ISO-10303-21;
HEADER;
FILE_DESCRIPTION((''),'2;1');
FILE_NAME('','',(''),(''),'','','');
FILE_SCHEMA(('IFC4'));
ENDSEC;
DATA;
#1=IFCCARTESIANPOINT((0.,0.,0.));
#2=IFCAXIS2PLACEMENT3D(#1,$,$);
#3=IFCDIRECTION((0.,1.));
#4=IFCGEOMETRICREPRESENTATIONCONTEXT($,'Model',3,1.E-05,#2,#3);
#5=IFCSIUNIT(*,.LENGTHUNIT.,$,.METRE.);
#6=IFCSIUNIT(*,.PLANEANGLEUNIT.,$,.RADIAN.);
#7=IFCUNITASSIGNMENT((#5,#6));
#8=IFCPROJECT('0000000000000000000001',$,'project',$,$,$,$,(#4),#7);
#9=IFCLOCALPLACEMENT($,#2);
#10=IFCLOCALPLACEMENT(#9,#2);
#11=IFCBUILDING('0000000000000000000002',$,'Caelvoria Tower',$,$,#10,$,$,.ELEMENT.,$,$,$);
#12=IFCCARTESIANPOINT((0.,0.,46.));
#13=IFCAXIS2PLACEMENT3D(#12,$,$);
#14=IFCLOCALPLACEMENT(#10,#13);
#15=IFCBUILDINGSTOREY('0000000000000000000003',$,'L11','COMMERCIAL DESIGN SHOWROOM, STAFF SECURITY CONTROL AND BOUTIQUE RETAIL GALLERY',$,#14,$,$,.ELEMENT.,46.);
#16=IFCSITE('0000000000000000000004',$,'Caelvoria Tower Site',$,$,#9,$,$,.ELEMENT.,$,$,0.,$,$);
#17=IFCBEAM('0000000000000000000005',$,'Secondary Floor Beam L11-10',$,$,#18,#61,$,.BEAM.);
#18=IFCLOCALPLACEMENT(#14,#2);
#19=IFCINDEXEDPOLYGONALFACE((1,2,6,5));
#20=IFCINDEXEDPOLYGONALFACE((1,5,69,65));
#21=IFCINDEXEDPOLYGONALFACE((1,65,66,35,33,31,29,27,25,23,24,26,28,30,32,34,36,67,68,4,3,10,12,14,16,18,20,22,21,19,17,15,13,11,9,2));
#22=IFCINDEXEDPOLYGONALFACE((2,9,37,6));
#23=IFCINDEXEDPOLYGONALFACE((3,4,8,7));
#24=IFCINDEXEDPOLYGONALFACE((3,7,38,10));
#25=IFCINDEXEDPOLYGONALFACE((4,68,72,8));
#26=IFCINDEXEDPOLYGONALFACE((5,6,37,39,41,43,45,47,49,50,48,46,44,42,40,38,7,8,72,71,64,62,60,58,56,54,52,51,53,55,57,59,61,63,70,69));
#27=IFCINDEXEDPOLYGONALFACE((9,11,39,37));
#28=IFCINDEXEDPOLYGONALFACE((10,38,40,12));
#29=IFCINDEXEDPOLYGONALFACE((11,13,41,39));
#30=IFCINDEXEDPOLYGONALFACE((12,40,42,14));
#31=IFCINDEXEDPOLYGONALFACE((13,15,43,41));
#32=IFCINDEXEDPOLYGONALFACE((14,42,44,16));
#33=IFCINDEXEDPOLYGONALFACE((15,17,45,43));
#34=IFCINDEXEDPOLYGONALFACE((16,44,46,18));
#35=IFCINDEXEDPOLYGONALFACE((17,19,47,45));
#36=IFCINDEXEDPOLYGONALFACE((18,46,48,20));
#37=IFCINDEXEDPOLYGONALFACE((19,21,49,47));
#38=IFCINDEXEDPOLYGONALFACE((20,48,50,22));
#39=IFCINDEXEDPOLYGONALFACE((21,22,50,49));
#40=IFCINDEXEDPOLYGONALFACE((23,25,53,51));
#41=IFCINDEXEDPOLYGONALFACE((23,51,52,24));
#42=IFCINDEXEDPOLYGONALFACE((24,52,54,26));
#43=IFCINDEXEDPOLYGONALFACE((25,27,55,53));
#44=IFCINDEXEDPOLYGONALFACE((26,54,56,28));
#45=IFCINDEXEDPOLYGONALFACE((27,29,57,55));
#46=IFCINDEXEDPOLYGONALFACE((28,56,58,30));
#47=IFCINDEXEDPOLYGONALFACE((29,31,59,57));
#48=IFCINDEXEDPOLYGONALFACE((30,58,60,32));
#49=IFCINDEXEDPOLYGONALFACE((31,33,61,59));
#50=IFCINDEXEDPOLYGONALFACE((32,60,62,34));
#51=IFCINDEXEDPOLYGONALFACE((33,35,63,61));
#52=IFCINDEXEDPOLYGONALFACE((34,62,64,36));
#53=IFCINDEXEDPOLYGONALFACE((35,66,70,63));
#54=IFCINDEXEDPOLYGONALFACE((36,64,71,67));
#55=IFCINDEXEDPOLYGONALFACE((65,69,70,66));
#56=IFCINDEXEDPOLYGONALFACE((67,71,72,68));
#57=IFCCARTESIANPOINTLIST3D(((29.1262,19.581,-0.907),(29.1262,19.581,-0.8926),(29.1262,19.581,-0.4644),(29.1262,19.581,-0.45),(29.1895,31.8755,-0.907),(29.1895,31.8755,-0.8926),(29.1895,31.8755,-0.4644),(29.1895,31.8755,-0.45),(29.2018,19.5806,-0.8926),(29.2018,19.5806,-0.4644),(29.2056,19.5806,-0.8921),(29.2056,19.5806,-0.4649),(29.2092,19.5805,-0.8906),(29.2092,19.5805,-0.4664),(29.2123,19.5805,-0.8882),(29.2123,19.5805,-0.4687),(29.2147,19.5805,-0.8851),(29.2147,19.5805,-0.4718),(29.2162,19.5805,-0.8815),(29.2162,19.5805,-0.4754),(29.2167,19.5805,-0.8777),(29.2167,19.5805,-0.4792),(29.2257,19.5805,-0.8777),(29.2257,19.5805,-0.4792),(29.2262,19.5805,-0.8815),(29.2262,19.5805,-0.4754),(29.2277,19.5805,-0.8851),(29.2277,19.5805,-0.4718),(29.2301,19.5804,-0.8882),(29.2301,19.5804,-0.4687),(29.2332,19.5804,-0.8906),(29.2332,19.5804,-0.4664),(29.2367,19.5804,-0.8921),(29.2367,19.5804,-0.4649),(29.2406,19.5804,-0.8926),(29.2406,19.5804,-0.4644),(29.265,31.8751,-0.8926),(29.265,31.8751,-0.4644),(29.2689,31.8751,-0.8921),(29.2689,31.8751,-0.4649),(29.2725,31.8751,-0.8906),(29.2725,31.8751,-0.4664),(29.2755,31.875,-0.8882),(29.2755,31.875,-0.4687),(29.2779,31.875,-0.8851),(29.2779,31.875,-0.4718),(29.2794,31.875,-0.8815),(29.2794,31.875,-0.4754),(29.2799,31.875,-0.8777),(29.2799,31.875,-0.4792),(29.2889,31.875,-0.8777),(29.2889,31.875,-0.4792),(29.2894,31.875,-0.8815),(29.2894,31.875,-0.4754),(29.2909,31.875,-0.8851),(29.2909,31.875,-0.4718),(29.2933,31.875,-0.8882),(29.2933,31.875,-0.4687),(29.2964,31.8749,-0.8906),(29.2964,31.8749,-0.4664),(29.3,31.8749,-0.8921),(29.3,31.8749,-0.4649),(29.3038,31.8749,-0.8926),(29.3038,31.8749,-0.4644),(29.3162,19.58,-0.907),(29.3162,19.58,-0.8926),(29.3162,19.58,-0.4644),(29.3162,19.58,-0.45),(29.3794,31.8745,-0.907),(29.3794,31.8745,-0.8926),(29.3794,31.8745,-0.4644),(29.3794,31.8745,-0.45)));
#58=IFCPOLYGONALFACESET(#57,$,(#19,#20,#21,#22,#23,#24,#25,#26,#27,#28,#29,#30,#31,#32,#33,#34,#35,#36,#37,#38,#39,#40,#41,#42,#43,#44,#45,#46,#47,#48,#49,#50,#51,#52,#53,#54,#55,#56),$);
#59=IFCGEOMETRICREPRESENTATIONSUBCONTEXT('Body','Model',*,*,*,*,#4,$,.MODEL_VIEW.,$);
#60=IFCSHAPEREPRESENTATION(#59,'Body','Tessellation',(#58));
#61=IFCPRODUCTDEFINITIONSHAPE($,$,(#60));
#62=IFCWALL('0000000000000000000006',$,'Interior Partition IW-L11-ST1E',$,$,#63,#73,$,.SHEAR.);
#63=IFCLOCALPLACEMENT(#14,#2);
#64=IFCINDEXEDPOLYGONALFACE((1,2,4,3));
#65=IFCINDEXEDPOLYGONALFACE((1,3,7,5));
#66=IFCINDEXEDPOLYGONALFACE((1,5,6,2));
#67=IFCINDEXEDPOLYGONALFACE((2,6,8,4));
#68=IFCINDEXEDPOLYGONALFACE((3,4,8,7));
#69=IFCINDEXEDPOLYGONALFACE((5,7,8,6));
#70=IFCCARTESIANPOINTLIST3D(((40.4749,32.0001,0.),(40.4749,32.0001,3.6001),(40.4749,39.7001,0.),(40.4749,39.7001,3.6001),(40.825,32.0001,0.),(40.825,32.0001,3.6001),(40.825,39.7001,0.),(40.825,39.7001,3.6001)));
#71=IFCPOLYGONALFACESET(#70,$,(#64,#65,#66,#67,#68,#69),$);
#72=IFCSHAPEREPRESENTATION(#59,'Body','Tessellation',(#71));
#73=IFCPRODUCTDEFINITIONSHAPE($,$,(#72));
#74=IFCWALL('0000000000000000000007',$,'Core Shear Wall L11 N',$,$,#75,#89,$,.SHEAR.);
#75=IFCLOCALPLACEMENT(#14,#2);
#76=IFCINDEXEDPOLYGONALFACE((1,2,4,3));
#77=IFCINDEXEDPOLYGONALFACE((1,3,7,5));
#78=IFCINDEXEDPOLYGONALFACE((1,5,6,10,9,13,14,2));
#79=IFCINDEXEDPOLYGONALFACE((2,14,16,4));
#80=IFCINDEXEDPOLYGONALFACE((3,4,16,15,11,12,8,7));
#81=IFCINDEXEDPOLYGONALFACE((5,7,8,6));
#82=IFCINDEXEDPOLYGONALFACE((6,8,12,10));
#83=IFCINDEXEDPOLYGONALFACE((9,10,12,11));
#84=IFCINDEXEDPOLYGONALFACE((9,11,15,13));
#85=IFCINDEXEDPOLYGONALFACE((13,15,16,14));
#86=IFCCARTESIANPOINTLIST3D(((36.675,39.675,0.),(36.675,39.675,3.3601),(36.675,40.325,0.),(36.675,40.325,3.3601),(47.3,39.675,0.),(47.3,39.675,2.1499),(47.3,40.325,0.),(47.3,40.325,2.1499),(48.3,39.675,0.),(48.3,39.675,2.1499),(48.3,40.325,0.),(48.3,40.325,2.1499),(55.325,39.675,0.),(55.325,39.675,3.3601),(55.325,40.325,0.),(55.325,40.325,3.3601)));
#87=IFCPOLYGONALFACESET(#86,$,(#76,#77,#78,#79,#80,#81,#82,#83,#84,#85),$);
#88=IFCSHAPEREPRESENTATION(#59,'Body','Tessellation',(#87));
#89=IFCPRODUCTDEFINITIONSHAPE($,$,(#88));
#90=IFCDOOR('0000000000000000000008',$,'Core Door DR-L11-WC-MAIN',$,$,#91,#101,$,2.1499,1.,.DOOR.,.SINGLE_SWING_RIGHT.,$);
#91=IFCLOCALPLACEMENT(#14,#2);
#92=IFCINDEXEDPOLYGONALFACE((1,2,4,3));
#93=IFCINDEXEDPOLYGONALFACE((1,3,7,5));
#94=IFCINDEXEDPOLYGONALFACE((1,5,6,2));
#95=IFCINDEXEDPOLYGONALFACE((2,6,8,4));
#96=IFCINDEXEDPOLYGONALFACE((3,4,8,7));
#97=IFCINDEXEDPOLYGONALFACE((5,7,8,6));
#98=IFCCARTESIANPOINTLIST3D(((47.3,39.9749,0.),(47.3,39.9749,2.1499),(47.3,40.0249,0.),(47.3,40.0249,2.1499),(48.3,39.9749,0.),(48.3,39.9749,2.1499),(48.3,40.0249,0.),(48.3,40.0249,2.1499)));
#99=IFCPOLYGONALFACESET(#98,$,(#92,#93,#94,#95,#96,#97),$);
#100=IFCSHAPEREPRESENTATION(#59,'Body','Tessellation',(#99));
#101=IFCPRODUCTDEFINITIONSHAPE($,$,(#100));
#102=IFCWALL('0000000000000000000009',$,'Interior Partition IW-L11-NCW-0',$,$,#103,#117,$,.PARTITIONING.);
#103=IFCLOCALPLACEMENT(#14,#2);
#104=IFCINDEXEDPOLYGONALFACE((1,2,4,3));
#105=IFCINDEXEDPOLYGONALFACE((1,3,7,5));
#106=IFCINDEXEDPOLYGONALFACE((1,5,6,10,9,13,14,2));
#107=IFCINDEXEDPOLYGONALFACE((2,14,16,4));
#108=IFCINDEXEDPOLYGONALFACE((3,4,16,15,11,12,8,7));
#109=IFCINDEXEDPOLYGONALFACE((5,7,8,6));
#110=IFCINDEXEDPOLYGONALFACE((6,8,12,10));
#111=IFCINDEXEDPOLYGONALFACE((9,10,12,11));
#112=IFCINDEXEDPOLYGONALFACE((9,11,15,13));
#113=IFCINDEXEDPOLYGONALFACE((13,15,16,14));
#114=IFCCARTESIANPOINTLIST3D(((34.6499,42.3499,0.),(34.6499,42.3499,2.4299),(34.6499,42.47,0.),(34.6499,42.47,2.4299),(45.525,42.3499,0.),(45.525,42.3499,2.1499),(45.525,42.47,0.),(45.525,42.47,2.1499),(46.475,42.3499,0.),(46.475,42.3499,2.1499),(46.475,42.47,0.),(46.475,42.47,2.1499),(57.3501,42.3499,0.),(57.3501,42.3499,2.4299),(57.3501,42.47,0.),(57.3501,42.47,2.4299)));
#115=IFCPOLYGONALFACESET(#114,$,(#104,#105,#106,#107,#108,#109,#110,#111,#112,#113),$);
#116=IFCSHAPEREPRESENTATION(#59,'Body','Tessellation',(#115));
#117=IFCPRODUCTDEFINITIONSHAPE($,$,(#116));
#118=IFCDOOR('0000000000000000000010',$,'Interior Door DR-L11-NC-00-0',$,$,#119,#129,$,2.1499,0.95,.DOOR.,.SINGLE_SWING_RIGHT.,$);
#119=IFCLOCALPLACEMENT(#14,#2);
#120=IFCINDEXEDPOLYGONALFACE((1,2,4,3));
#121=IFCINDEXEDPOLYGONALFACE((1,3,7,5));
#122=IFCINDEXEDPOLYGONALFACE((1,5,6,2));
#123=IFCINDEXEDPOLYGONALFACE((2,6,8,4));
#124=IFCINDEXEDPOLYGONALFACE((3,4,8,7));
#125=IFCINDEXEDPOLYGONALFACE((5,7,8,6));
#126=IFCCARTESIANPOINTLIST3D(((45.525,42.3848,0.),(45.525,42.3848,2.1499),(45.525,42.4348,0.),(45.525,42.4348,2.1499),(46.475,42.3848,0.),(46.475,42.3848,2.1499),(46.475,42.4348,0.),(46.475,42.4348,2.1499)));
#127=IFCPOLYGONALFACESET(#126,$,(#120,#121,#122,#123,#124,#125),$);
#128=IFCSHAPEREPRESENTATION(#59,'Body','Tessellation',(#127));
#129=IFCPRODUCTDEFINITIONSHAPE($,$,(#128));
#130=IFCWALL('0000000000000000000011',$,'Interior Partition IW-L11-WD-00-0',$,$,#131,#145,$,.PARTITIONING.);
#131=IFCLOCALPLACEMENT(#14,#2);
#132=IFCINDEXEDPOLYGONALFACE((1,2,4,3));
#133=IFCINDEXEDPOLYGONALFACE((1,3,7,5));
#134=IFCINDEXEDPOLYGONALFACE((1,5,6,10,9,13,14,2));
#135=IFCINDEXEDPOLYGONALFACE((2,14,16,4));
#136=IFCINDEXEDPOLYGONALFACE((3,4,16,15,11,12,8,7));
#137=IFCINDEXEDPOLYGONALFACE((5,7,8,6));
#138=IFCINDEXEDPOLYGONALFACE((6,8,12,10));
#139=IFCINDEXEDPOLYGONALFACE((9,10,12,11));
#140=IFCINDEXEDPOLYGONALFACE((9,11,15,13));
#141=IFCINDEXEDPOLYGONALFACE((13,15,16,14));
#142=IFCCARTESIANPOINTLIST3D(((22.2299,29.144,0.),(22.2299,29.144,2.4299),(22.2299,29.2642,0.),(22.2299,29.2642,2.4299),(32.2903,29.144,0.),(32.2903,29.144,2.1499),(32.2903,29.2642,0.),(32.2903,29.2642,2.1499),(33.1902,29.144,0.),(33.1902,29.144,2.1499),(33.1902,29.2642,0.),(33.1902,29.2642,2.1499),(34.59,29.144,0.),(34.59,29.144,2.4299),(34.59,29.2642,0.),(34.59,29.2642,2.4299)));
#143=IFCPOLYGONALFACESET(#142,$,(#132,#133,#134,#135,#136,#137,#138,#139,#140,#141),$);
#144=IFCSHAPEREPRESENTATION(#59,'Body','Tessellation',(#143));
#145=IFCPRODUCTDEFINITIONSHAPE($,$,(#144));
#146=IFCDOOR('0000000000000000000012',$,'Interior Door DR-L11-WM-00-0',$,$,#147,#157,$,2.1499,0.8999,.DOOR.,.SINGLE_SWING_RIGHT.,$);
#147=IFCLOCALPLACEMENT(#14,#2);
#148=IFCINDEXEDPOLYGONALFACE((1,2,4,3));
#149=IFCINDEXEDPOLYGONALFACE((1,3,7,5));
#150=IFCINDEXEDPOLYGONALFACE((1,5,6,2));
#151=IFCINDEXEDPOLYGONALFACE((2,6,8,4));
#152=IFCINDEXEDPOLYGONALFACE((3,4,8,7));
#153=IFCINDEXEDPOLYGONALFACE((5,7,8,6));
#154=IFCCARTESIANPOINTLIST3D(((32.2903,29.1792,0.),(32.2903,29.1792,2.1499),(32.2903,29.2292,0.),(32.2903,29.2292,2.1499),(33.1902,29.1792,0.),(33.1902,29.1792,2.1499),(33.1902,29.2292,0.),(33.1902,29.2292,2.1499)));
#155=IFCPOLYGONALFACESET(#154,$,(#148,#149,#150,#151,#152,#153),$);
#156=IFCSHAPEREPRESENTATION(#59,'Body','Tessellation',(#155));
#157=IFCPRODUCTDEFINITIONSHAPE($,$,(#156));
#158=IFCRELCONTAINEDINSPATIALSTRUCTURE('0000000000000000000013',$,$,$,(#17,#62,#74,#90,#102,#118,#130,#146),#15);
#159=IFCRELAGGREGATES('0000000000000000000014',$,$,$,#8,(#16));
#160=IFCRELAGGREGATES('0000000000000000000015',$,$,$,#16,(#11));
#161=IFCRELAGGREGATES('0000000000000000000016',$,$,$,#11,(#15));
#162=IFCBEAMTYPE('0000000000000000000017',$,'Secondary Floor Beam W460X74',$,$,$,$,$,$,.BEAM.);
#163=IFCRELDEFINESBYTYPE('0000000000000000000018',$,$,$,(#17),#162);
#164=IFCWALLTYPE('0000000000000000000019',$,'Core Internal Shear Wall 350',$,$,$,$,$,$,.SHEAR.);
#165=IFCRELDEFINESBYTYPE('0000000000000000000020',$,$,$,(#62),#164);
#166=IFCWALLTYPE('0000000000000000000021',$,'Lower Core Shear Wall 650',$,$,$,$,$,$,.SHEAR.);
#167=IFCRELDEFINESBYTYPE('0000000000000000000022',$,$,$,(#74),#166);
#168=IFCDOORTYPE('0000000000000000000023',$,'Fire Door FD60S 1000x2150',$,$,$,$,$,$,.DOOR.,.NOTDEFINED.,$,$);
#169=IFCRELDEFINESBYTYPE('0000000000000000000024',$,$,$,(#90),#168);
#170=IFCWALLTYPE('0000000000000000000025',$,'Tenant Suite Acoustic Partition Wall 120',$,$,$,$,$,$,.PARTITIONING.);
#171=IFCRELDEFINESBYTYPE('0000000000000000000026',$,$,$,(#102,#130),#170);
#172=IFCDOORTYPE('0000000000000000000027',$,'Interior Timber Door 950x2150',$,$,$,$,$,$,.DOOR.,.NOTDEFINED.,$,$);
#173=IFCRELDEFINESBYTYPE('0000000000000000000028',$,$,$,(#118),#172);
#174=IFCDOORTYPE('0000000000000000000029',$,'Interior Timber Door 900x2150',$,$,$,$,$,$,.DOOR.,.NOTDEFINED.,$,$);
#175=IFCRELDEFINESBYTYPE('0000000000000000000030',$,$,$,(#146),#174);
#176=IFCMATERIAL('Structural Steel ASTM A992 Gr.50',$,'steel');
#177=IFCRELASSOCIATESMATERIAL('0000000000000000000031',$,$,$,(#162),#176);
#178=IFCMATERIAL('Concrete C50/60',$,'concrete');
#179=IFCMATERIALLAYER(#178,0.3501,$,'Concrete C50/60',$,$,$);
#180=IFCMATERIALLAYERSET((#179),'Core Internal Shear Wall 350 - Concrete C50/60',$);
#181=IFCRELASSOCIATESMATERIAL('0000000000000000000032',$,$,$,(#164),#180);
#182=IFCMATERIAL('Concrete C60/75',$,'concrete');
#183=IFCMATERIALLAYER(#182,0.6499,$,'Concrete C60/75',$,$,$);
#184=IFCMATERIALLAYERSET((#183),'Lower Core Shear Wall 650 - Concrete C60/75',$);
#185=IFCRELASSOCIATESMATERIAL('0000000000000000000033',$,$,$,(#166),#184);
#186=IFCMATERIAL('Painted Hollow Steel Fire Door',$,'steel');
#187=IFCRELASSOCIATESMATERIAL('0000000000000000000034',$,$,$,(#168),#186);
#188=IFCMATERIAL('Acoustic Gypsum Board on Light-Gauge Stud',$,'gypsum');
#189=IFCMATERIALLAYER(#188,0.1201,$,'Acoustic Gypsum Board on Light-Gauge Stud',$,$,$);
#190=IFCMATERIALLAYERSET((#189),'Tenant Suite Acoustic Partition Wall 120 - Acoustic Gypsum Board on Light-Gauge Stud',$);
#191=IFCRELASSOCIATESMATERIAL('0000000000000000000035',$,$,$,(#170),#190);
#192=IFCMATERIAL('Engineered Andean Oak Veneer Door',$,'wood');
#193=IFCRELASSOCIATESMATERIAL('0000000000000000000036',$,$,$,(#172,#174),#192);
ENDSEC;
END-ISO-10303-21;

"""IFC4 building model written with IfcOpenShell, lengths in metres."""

from ifc_helpers import new_model, si_unit, direction, frame, frame_2d, origin, origin_2d, place, context, subcontext, project, spatial, rectangle, i_section, extrude, material, layer, layer_set, material_profile, profile_set, type_object, element, fill, save


model = new_model("IFC4")

# Units and contexts
model_context = context("Model", 3, precision=1e-05, world=origin(), true_north=direction((0.0, 1.0)))
body_context = subcontext(model_context, "Body", "Model", "MODEL_VIEW")
ifc_project = project(units=[si_unit("LENGTHUNIT", "METRE"), si_unit("PLANEANGLEUNIT", "RADIAN")], contexts=[model_context])

# Site, building, storey
site_placement = place(None, origin())
site = spatial("IfcSite", under=ifc_project, at=site_placement, Name="Caelvoria Tower Site", CompositionType="ELEMENT", RefElevation=0.0)
building_placement = place(site_placement, origin())
building = spatial("IfcBuilding", under=site, at=building_placement, Name="Caelvoria Tower", CompositionType="ELEMENT")
storey_placement = place(building_placement, frame((0.0, 0.0, 46.0)))
storey = spatial("IfcBuildingStorey", under=building, at=storey_placement, Name="L11", Description="COMMERCIAL DESIGN SHOWROOM, STAFF SECURITY CONTROL AND BOUTIQUE RETAIL GALLERY", CompositionType="ELEMENT", Elevation=46.0)

# Beam
ifc_material_1 = material(Name="Structural Steel ASTM A992 Gr.50", Category="steel")
ifc_material_profile_1 = material_profile(ifc_material_1, i_section(OverallWidth=0.1899, OverallDepth=0.457, WebThickness=0.009, FlangeThickness=0.0144, FilletRadius=0.0149, at=origin_2d()), Name="Structural Steel ASTM A992 Gr.50")
ifc_profile_set_1 = profile_set([ifc_material_profile_1], Name="W460X74 - Structural Steel ASTM A992 Gr.50")
beam_type_1 = type_object("IfcBeamType", Name="Secondary Floor Beam W460X74", PredefinedType="BEAM", material=ifc_profile_set_1)
for number, where, z_axis, x_axis, name in (
    (1, (29.2844, 31.875, -0.6785), (-0.005143, -0.999987, 0.0), (0.999987, -0.005143, 0.0), "Secondary Floor Beam L11-10"),
):
    element("IfcBeam", number, at=place(storey_placement, frame(where, z_axis=z_axis, x_axis=x_axis)), inside=storey, type_object=beam_type_1, Name=name, PredefinedType="BEAM", context=body_context, shape_type="SweptSolid", body=[
        extrude(i_section(OverallWidth=0.1899, OverallDepth=0.457, WebThickness=0.009, FlangeThickness=0.0144, FilletRadius=0.0149, at=origin_2d()), origin(), (0.0, 0.0, 1.0), 12.2947),
    ])

# Shared definitions
ifc_material_2 = material(Name="Concrete C50/60", Category="concrete")
ifc_layer_1 = layer(ifc_material_2, 0.3501, Name="Concrete C50/60")
ifc_layer_set_1 = layer_set([ifc_layer_1], Name="Core Internal Shear Wall 350 - Concrete C50/60")
wall_type_1 = type_object("IfcWallType", Name="Core Internal Shear Wall 350", PredefinedType="SHEAR", material=ifc_layer_set_1)
ifc_material_3 = material(Name="Painted Hollow Steel Fire Door", Category="steel")

# Wall
wall_1_placement = place(storey_placement, frame((40.6499, 32.0, 0.0), z_axis=(0.0, 0.0, 1.0), x_axis=(0.0, 1.0, 0.0)))
element("IfcWall", 2, at=wall_1_placement, inside=storey, type_object=wall_type_1, Name="Interior Partition IW-L11-ST1E", PredefinedType="SHEAR", context=body_context, shape_type="SweptSolid", body=[
    extrude(rectangle(XDim=7.7, YDim=0.3501, at=frame_2d((3.8501, 0.0))), origin(), (0.0, 0.0, 1.0), 3.6001),
])

# Walls, openings, doors
ifc_material_4 = material(Name="Concrete C60/75", Category="concrete")
ifc_layer_2 = layer(ifc_material_4, 0.6499, Name="Concrete C60/75")
ifc_layer_set_2 = layer_set([ifc_layer_2], Name="Lower Core Shear Wall 650 - Concrete C60/75")
wall_type_2 = type_object("IfcWallType", Name="Lower Core Shear Wall 650", PredefinedType="SHEAR", material=ifc_layer_set_2)
wall_2_placement = place(storey_placement, frame((36.675, 40.0, 0.0), z_axis=(0.0, 0.0, 1.0), x_axis=(1.0, 0.0, 0.0)))
wall_2 = element("IfcWall", 3, at=wall_2_placement, inside=storey, type_object=wall_type_2, Name="Core Shear Wall L11 N", PredefinedType="SHEAR", context=body_context, shape_type="SweptSolid", body=[
    extrude(rectangle(XDim=18.6499, YDim=0.6499, at=frame_2d((9.325, 0.0))), origin(), (0.0, 0.0, 1.0), 3.3601),
])
opening_1_placement = place(wall_2_placement, frame((10.625, 0.0, 0.0)))
opening_1 = element("IfcOpeningElement", 4, at=opening_1_placement, cuts=wall_2, PredefinedType="OPENING", context=body_context, shape_type="SweptSolid", body=[
    extrude(rectangle(XDim=1.0, YDim=2.1499, at=frame_2d((0.5, 1.075))), frame((0.0, 0.335, 0.0), z_axis=(0.0, -1.0, 0.0), x_axis=(1.0, 0.0, 0.0)), (0.0, 0.0, 1.0), 0.6699),
])
door_type_1 = type_object("IfcDoorType", Name="Fire Door FD60S 1000x2150", OperationType="NOTDEFINED", PredefinedType="DOOR", material=ifc_material_3)
door_1_placement = place(opening_1_placement, origin())
door_1 = element("IfcDoor", 5, at=door_1_placement, inside=storey, type_object=door_type_1, Name="Core Door DR-L11-WC-MAIN", OperationType="SINGLE_SWING_RIGHT", OverallHeight=2.1499, OverallWidth=1.0, PredefinedType="DOOR", context=body_context, shape_type="SweptSolid", body=[
    extrude(rectangle(XDim=1.0, YDim=2.1499, at=frame_2d((0.5, 1.075))), frame((0.0, 0.0249, 0.0), z_axis=(0.0, -1.0, 0.0), x_axis=(1.0, 0.0, 0.0)), (0.0, 0.0, 1.0), 0.05),
])
fill(opening_1, door_1)
ifc_material_5 = material(Name="Acoustic Gypsum Board on Light-Gauge Stud", Category="gypsum")
ifc_layer_3 = layer(ifc_material_5, 0.1201, Name="Acoustic Gypsum Board on Light-Gauge Stud")
ifc_layer_set_3 = layer_set([ifc_layer_3], Name="Tenant Suite Acoustic Partition Wall 120 - Acoustic Gypsum Board on Light-Gauge Stud")
wall_type_3 = type_object("IfcWallType", Name="Tenant Suite Acoustic Partition Wall 120", PredefinedType="PARTITIONING", material=ifc_layer_set_3)
wall_3_placement = place(storey_placement, frame((34.6499, 42.4099, 0.0), z_axis=(0.0, 0.0, 1.0), x_axis=(1.0, 0.0, 0.0)))
wall_3 = element("IfcWall", 6, at=wall_3_placement, inside=storey, type_object=wall_type_3, Name="Interior Partition IW-L11-NCW-0", PredefinedType="PARTITIONING", context=body_context, shape_type="SweptSolid", body=[
    extrude(rectangle(XDim=22.7002, YDim=0.1201, at=frame_2d((11.3501, 0.0))), origin(), (0.0, 0.0, 1.0), 2.4299),
])
opening_2_placement = place(wall_3_placement, frame((10.875, 0.0, 0.0)))
opening_2 = element("IfcOpeningElement", 7, at=opening_2_placement, cuts=wall_3, PredefinedType="OPENING", context=body_context, shape_type="SweptSolid", body=[
    extrude(rectangle(XDim=0.95, YDim=2.1499, at=frame_2d((0.4751, 1.075))), frame((0.0, 0.0701, 0.0), z_axis=(0.0, -1.0, 0.0), x_axis=(1.0, 0.0, 0.0)), (0.0, 0.0, 1.0), 0.1401),
])
ifc_material_6 = material(Name="Engineered Andean Oak Veneer Door", Category="wood")
door_type_2 = type_object("IfcDoorType", Name="Interior Timber Door 950x2150", OperationType="NOTDEFINED", PredefinedType="DOOR", material=ifc_material_6)
door_2_placement = place(opening_2_placement, origin())
door_2 = element("IfcDoor", 8, at=door_2_placement, inside=storey, type_object=door_type_2, Name="Interior Door DR-L11-NC-00-0", OperationType="SINGLE_SWING_RIGHT", OverallHeight=2.1499, OverallWidth=0.95, PredefinedType="DOOR", context=body_context, shape_type="SweptSolid", body=[
    extrude(rectangle(XDim=0.95, YDim=2.1499, at=frame_2d((0.4751, 1.075))), frame((0.0, 0.0249, 0.0), z_axis=(0.0, -1.0, 0.0), x_axis=(1.0, 0.0, 0.0)), (0.0, 0.0, 1.0), 0.05),
])
fill(opening_2, door_2)
wall_4_placement = place(storey_placement, frame((34.5901, 29.2041, 0.0), z_axis=(0.0, 0.0, 1.0), x_axis=(-1.0, 0.0, 0.0)))
wall_4 = element("IfcWall", 9, at=wall_4_placement, inside=storey, type_object=wall_type_3, Name="Interior Partition IW-L11-WD-00-0", PredefinedType="PARTITIONING", context=body_context, shape_type="SweptSolid", body=[
    extrude(rectangle(XDim=12.3601, YDim=0.1201, at=frame_2d((6.1802, 0.0))), origin(), (0.0, 0.0, 1.0), 2.4299),
])
opening_3_placement = place(wall_4_placement, frame((1.3999, 0.0, 0.0)))
opening_3 = element("IfcOpeningElement", 10, at=opening_3_placement, cuts=wall_4, PredefinedType="OPENING", context=body_context, shape_type="SweptSolid", body=[
    extrude(rectangle(XDim=0.8999, YDim=2.1499, at=frame_2d((0.45, 1.075))), frame((0.0, 0.0701, 0.0), z_axis=(0.0, -1.0, 0.0), x_axis=(1.0, 0.0, 0.0)), (0.0, 0.0, 1.0), 0.1401),
])
door_type_3 = type_object("IfcDoorType", Name="Interior Timber Door 900x2150", OperationType="NOTDEFINED", PredefinedType="DOOR", material=ifc_material_6)
door_3_placement = place(opening_3_placement, origin())
door_3 = element("IfcDoor", 11, at=door_3_placement, inside=storey, type_object=door_type_3, Name="Interior Door DR-L11-WM-00-0", OperationType="SINGLE_SWING_RIGHT", OverallHeight=2.1499, OverallWidth=0.8999, PredefinedType="DOOR", context=body_context, shape_type="SweptSolid", body=[
    extrude(rectangle(XDim=0.8999, YDim=2.1499, at=frame_2d((0.45, 1.075))), frame((0.0, 0.0249, 0.0), z_axis=(0.0, -1.0, 0.0), x_axis=(1.0, 0.0, 0.0)), (0.0, 0.0, 1.0), 0.05),
])
fill(opening_3, door_3)

save(model, "model.ifc")
